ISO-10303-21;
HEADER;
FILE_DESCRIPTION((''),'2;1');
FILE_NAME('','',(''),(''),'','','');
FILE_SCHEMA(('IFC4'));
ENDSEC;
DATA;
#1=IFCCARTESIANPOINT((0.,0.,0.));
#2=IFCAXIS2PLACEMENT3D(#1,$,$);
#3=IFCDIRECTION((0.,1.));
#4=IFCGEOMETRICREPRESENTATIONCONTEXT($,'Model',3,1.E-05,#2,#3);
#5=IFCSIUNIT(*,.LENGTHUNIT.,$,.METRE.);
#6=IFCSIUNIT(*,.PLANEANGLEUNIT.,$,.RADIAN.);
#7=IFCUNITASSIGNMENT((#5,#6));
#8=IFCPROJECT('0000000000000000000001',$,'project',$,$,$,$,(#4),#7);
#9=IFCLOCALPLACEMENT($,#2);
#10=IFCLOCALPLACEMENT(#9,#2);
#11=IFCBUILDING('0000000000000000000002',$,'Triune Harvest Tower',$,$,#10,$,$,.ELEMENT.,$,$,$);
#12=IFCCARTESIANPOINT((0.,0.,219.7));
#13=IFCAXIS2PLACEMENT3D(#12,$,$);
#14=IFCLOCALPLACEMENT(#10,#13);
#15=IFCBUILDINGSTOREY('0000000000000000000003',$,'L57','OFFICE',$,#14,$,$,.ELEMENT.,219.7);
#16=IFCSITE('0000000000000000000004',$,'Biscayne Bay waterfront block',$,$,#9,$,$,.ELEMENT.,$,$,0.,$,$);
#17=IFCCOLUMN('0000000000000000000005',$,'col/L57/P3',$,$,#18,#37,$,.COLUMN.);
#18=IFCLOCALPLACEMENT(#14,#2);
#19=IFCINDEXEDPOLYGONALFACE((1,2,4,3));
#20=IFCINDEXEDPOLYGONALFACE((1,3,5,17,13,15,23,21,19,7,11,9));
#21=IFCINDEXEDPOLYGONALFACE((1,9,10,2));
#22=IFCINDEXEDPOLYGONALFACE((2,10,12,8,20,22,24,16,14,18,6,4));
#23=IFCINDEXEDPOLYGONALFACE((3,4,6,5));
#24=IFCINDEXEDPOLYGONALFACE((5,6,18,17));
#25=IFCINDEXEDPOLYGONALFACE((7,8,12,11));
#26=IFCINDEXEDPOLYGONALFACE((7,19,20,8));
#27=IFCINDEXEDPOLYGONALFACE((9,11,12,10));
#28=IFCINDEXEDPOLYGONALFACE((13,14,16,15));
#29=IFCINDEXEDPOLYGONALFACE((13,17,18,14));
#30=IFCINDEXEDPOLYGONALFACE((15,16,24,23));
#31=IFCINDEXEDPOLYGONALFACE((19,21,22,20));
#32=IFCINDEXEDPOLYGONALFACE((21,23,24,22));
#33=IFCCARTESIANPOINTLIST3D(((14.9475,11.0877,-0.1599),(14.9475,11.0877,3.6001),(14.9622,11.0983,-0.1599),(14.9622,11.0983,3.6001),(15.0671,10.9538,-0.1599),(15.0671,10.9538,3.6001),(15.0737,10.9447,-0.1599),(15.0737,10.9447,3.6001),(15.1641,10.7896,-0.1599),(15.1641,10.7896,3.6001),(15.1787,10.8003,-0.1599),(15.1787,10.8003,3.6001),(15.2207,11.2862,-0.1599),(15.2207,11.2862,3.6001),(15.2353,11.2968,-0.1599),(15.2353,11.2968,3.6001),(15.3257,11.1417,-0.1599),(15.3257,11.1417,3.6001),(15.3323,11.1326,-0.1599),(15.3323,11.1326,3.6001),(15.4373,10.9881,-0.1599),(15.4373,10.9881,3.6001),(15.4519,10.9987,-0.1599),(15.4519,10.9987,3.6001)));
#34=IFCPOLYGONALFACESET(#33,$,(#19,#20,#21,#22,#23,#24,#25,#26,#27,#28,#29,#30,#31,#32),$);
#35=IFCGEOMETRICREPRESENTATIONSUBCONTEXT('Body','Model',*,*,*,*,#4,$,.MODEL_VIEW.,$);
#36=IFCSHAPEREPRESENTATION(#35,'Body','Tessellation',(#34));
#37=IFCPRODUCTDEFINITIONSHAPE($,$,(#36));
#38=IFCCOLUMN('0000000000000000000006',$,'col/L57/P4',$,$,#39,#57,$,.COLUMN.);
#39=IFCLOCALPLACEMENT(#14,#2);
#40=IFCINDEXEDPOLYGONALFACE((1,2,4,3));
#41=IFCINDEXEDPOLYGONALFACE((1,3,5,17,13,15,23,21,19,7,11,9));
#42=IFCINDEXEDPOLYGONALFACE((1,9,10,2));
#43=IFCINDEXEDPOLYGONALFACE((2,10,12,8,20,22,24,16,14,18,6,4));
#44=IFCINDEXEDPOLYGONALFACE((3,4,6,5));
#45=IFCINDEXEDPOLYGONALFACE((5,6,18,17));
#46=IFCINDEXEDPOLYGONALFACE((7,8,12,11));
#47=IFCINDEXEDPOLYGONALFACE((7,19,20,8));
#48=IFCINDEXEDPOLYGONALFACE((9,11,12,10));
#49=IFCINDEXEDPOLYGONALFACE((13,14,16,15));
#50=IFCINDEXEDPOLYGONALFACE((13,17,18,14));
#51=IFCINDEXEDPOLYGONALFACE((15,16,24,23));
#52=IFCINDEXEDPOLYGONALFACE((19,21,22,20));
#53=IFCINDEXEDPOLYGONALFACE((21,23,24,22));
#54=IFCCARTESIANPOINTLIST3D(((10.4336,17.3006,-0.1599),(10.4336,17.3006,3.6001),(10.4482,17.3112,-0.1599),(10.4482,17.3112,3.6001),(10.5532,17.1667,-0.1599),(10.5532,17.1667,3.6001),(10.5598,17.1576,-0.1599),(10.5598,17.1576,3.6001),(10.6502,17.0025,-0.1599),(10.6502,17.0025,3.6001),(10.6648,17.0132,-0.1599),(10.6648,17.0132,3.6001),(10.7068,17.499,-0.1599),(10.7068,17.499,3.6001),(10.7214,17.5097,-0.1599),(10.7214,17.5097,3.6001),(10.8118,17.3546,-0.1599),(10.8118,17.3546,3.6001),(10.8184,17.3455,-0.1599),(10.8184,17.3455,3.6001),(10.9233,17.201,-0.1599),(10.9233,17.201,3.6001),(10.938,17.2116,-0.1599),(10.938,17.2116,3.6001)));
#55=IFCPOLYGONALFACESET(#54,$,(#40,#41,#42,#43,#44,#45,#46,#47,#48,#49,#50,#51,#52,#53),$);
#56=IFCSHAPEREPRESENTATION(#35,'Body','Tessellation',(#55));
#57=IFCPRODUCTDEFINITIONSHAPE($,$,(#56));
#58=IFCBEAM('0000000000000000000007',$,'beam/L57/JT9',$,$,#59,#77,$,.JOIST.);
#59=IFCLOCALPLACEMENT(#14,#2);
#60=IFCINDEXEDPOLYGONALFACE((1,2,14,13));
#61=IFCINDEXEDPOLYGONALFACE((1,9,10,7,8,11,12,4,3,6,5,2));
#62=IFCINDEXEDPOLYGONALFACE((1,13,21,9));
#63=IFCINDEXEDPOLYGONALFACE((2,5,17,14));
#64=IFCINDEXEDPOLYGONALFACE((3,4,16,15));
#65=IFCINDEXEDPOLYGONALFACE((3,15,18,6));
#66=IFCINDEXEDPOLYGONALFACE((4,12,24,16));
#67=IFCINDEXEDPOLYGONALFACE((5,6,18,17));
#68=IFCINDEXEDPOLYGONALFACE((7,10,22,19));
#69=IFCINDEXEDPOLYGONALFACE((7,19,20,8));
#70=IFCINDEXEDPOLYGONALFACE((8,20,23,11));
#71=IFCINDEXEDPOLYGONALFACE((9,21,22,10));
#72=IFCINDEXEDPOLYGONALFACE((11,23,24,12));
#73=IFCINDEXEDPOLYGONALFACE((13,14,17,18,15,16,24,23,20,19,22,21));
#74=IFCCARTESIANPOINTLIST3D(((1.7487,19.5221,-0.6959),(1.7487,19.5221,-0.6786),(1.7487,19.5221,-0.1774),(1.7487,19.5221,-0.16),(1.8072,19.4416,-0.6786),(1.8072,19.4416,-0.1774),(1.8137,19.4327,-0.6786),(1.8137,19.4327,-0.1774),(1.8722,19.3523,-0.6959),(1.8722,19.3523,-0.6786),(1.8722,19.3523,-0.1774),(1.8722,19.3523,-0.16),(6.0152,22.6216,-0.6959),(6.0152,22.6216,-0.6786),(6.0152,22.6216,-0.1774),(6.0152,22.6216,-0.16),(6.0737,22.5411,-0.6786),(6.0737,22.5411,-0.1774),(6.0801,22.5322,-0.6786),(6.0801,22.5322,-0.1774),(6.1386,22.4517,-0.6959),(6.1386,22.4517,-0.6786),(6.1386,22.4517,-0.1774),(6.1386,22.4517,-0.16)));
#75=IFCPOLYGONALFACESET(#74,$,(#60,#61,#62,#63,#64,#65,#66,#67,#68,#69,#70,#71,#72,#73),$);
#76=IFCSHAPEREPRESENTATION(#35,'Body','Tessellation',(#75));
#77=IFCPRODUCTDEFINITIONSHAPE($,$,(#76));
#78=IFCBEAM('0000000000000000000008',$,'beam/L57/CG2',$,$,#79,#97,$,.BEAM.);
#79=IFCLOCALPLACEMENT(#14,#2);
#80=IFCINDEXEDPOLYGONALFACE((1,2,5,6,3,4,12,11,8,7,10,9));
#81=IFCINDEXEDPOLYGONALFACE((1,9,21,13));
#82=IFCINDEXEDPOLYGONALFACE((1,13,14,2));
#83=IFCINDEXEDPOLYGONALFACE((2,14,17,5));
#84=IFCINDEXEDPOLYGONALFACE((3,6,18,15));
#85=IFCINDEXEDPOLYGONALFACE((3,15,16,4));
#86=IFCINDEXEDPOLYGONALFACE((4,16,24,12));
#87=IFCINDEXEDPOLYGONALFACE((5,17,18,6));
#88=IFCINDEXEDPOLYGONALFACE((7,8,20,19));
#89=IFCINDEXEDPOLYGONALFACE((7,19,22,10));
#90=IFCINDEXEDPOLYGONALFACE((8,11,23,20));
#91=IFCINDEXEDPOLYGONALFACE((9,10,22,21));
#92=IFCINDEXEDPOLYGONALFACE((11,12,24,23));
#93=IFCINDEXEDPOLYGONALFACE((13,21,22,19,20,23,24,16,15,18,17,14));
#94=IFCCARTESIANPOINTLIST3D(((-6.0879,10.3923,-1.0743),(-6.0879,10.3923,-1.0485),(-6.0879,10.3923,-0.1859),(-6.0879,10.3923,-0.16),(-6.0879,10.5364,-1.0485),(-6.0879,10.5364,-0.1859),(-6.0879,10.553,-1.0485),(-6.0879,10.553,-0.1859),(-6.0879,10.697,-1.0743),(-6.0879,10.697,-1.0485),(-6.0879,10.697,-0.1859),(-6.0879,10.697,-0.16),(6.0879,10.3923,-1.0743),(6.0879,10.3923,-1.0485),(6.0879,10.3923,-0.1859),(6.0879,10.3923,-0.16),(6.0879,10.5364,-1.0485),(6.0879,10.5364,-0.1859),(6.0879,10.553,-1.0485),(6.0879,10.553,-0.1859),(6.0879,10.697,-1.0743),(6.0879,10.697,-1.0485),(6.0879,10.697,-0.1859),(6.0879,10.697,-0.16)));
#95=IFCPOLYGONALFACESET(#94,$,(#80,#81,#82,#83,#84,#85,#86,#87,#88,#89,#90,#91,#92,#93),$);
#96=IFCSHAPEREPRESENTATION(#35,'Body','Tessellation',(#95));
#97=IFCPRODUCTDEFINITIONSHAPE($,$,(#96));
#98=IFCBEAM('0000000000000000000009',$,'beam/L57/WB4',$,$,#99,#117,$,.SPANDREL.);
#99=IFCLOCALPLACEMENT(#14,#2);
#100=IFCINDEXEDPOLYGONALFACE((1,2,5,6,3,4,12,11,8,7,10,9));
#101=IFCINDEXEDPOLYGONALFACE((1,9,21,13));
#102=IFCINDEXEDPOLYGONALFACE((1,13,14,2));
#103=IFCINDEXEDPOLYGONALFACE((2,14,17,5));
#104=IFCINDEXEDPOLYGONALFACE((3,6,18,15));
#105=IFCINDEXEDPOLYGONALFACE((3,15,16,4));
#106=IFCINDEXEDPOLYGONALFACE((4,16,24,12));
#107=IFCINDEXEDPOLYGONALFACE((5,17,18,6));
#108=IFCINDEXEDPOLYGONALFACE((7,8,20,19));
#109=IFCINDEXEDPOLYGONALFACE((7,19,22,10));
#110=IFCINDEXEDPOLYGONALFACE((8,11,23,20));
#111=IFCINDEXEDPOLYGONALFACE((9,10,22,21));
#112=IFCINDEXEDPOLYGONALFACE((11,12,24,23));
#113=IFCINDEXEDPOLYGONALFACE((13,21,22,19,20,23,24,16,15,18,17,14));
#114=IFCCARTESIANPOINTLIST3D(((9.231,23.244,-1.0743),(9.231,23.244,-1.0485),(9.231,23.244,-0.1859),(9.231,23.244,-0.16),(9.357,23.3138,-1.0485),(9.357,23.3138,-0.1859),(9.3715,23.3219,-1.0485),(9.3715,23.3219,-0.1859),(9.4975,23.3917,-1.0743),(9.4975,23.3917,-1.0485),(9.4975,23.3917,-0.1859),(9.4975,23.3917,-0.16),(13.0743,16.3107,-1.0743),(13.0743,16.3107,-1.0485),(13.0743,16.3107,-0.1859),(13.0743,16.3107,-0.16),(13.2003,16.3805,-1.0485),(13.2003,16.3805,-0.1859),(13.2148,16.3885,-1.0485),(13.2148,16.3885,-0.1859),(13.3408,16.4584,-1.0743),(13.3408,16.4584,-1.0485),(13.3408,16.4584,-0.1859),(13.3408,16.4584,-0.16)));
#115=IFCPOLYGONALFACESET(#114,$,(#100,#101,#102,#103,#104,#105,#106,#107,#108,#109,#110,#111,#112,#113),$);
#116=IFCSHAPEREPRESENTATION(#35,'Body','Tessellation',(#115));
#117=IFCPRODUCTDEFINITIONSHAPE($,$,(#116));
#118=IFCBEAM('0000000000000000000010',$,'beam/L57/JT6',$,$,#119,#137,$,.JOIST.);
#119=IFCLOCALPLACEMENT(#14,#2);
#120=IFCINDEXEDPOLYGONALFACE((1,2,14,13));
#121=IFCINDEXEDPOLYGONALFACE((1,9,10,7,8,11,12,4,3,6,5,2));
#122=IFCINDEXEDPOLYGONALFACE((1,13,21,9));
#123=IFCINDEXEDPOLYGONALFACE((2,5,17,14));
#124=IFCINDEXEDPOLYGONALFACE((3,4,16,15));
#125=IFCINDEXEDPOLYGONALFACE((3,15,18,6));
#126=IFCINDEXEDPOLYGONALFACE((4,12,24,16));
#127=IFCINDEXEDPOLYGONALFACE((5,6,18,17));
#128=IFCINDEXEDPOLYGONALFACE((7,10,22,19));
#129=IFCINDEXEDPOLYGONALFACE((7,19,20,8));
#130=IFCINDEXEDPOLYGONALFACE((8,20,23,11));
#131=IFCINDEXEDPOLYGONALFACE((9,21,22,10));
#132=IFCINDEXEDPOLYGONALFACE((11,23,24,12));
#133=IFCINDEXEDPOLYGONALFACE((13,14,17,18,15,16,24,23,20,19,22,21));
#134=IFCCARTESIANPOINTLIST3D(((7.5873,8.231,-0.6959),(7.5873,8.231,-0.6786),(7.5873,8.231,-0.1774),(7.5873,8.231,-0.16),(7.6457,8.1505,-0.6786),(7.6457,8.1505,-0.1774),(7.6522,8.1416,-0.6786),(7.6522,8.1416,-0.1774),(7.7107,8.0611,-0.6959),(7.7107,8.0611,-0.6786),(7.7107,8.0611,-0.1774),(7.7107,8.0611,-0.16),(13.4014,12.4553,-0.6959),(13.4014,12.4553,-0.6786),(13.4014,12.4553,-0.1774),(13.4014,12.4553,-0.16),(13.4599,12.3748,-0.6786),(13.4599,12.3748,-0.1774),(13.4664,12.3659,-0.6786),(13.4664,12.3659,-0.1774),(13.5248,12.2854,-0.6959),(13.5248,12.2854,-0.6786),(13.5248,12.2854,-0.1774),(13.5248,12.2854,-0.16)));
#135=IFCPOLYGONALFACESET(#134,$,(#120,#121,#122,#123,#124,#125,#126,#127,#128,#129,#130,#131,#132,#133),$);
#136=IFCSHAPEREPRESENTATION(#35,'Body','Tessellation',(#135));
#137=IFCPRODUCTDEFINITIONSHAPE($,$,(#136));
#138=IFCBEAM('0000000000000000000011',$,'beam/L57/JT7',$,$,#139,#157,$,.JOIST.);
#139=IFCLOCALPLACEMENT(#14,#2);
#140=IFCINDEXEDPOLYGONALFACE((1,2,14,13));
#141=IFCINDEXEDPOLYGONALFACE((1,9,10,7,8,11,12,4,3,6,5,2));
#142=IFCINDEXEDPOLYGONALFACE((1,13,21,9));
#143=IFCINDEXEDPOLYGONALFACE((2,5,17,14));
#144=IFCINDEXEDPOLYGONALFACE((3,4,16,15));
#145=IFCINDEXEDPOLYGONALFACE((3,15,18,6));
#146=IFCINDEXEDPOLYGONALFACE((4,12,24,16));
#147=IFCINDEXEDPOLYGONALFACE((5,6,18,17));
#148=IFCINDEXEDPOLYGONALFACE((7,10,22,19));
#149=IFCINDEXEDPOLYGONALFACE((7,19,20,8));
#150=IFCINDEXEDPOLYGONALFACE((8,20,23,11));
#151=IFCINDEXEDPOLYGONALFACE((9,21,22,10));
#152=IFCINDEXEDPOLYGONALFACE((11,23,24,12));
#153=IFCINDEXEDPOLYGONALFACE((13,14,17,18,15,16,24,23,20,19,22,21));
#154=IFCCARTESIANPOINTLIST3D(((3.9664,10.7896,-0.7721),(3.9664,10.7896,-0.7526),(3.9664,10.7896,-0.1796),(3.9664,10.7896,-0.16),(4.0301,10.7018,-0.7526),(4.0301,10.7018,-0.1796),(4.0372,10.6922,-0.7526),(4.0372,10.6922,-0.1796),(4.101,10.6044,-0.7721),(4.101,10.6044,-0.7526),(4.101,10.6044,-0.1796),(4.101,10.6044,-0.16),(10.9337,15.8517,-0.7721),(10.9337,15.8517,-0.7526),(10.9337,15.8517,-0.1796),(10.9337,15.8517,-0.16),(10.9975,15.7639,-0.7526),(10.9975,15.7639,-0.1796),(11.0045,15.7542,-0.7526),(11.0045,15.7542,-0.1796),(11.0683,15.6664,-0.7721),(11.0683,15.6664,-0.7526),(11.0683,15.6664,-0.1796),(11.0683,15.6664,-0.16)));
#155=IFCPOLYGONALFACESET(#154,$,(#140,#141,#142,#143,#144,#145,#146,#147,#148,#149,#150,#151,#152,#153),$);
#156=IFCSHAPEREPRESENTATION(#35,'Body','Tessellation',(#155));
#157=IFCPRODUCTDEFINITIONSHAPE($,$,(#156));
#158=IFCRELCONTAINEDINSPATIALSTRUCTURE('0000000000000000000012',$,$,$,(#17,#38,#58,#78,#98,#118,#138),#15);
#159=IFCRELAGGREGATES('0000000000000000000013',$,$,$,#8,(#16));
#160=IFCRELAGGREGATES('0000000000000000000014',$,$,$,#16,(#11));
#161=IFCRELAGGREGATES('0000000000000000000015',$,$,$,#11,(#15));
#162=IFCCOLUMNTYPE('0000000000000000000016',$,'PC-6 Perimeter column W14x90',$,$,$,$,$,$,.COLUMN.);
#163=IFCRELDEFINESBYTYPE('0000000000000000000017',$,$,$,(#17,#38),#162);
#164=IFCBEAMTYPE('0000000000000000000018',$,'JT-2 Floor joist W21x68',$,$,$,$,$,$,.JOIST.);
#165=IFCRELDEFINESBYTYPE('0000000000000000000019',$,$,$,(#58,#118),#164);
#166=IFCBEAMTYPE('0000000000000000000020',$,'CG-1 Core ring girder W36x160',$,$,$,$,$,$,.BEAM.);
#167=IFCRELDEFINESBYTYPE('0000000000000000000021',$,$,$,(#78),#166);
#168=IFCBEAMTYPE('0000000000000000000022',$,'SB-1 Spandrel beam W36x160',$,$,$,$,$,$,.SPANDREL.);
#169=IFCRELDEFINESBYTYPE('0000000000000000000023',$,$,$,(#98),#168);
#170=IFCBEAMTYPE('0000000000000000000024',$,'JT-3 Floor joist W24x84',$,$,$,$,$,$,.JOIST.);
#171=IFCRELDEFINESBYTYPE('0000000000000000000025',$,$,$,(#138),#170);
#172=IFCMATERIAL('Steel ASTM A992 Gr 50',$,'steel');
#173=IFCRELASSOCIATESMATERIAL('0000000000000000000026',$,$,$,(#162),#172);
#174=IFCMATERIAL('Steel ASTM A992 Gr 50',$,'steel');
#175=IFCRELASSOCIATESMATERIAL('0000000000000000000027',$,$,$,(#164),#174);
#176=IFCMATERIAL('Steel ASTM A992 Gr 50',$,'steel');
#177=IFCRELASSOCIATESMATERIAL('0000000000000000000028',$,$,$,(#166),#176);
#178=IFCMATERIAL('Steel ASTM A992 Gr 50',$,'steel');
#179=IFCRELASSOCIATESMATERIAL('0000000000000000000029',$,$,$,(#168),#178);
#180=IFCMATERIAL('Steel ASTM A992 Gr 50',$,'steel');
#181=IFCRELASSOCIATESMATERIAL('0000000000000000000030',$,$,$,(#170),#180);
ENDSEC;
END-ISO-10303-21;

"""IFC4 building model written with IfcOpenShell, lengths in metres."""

from ifc_helpers import new_model, si_unit, direction, frame, origin, origin_2d, place, context, subcontext, project, spatial, i_section, extrude, source, transform, mapped, material, material_profile, profile_set, type_object, element, save


model = new_model("IFC4")

# Units and contexts
model_context = context("Model", 3, precision=1e-05, world=origin(), true_north=direction((0.0, 1.0)))
body_context = subcontext(model_context, "Body", "Model", "MODEL_VIEW")
ifc_project = project(units=[si_unit("LENGTHUNIT", "METRE"), si_unit("PLANEANGLEUNIT", "RADIAN")], contexts=[model_context])

# Site, building, storey
site_placement = place(None, origin())
site = spatial("IfcSite", under=ifc_project, at=site_placement, Name="Biscayne Bay waterfront block", CompositionType="ELEMENT", RefElevation=0.0)
building_placement = place(site_placement, origin())
building = spatial("IfcBuilding", under=site, at=building_placement, Name="Triune Harvest Tower", CompositionType="ELEMENT")
storey_placement = place(building_placement, frame((0.0, 0.0, 219.7)))
storey = spatial("IfcBuildingStorey", under=building, at=storey_placement, Name="L57", Description="OFFICE", CompositionType="ELEMENT", Elevation=219.7)

# Columns
ifc_material_1 = material(Name="Steel ASTM A992 Gr 50", Category="steel")
ifc_material_profile_1 = material_profile(ifc_material_1, i_section(OverallWidth=0.3684, OverallDepth=0.3557, WebThickness=0.0112, FlangeThickness=0.0181, at=origin_2d()), Name="W14x90")
ifc_profile_set_1 = profile_set([ifc_material_profile_1], Name="Steel ASTM A992 Gr 50")
column_type = type_object("IfcColumnType", Name="PC-6 Perimeter column W14x90", PredefinedType="COLUMN", material=ifc_profile_set_1)
shared_shape_1 = source(origin(), body_context, "Body", "SweptSolid", [
    extrude(i_section(OverallWidth=0.3684, OverallDepth=0.3557, WebThickness=0.0112, FlangeThickness=0.0181, at=origin_2d()), origin(), (0.0, 0.0, 1.0), 3.76),
])
for number, where, z_axis, x_axis, name in (
    (1, (15.1997, 11.0432, -0.1599), (0.0, 0.0, 1.0), (-0.587785, 0.809017, 0.0), "col/L57/P3"),
    (2, (10.6858, 17.2561, -0.1599), (0.0, 0.0, 1.0), (-0.587785, 0.809017, 0.0), "col/L57/P4"),
):
    element("IfcColumn", number, at=place(storey_placement, frame(where, z_axis=z_axis, x_axis=x_axis)), inside=storey, type_object=column_type, Name=name, PredefinedType="COLUMN", context=body_context, shape_type="MappedRepresentation", body=[
        mapped(shared_shape_1, transform((0.0, 0.0, 0.0), scale=1.0)),
    ])

# Beams
ifc_material_2 = material(Name="Steel ASTM A992 Gr 50", Category="steel")
ifc_material_profile_2 = material_profile(ifc_material_2, i_section(OverallWidth=0.21, OverallDepth=0.5359, WebThickness=0.011, FlangeThickness=0.0173, at=origin_2d()), Name="W21x68")
ifc_profile_set_2 = profile_set([ifc_material_profile_2], Name="Steel ASTM A992 Gr 50")
beam_type_1 = type_object("IfcBeamType", Name="JT-2 Floor joist W21x68", PredefinedType="JOIST", material=ifc_profile_set_2)
beam_1_placement = place(storey_placement, frame((6.0769, 22.5366, -0.428), z_axis=(-0.809046, -0.587745, 0.0), x_axis=(0.587745, -0.809046, 0.0)))
element("IfcBeam", 3, at=beam_1_placement, inside=storey, type_object=beam_type_1, Name="beam/L57/JT9", PredefinedType="JOIST", context=body_context, shape_type="SweptSolid", body=[
    extrude(i_section(OverallWidth=0.21, OverallDepth=0.5359, WebThickness=0.011, FlangeThickness=0.0173, at=origin_2d()), origin(), (0.0, 0.0, 1.0), 5.2734),
])
ifc_material_3 = material(Name="Steel ASTM A992 Gr 50", Category="steel")
ifc_material_profile_3 = material_profile(ifc_material_3, i_section(OverallWidth=0.3047, OverallDepth=0.9143, WebThickness=0.0166, FlangeThickness=0.0259, at=origin_2d()), Name="W36x160")
ifc_profile_set_3 = profile_set([ifc_material_profile_3], Name="Steel ASTM A992 Gr 50")
beam_type_2 = type_object("IfcBeamType", Name="CG-1 Core ring girder W36x160", PredefinedType="BEAM", material=ifc_profile_set_3)
shared_shape_2 = source(origin(), body_context, "Body", "SweptSolid", [
    extrude(i_section(OverallWidth=0.3047, OverallDepth=0.9143, WebThickness=0.0166, FlangeThickness=0.0259, at=origin_2d()), origin(), (0.0, 0.0, 1.0), 12.1758),
])
beam_2_placement = place(storey_placement, frame((6.0879, 10.5447, -0.6172), z_axis=(-1.0, 0.0, 0.0), x_axis=(0.0, -1.0, 0.0)))
element("IfcBeam", 4, at=beam_2_placement, inside=storey, type_object=beam_type_2, Name="beam/L57/CG2", PredefinedType="BEAM", context=body_context, shape_type="MappedRepresentation", body=[
    mapped(shared_shape_2, transform((0.0, 0.0, 0.0), scale=1.0)),
])
ifc_material_4 = material(Name="Steel ASTM A992 Gr 50", Category="steel")
ifc_material_profile_4 = material_profile(ifc_material_4, i_section(OverallWidth=0.3047, OverallDepth=0.9143, WebThickness=0.0166, FlangeThickness=0.0259, at=origin_2d()), Name="W36x160")
ifc_profile_set_4 = profile_set([ifc_material_profile_4], Name="Steel ASTM A992 Gr 50")
beam_type_3 = type_object("IfcBeamType", Name="SB-1 Spandrel beam W36x160", PredefinedType="SPANDREL", material=ifc_profile_set_4)
shared_shape_3 = source(origin(), body_context, "Body", "SweptSolid", [
    extrude(i_section(OverallWidth=0.3047, OverallDepth=0.9143, WebThickness=0.0166, FlangeThickness=0.0259, at=origin_2d()), origin(), (0.0, 0.0, 1.0), 7.9272),
])
beam_3_placement = place(storey_placement, frame((13.2075, 16.3845, -0.6172), z_axis=(-0.484814, 0.874617, 0.0), x_axis=(-0.874617, -0.484814, 0.0)))
element("IfcBeam", 5, at=beam_3_placement, inside=storey, type_object=beam_type_3, Name="beam/L57/WB4", PredefinedType="SPANDREL", context=body_context, shape_type="MappedRepresentation", body=[
    mapped(shared_shape_3, transform((0.0, 0.0, 0.0), scale=1.0)),
])
shared_shape_4 = source(origin(), body_context, "Body", "SweptSolid", [
    extrude(i_section(OverallWidth=0.21, OverallDepth=0.5359, WebThickness=0.011, FlangeThickness=0.0173, at=origin_2d()), origin(), (0.0, 0.0, 1.0), 7.1868),
])
beam_4_placement = place(storey_placement, frame((13.4631, 12.3704, -0.428), z_axis=(-0.809011, -0.587794, 0.0), x_axis=(0.587794, -0.809011, 0.0)))
element("IfcBeam", 6, at=beam_4_placement, inside=storey, type_object=beam_type_1, Name="beam/L57/JT6", PredefinedType="JOIST", context=body_context, shape_type="MappedRepresentation", body=[
    mapped(shared_shape_4, transform((0.0, 0.0, 0.0), scale=1.0)),
])
ifc_material_5 = material(Name="Steel ASTM A992 Gr 50", Category="steel")
ifc_material_profile_5 = material_profile(ifc_material_5, i_section(OverallWidth=0.229, OverallDepth=0.6121, WebThickness=0.012, FlangeThickness=0.0195, at=origin_2d()), Name="W24x84")
ifc_profile_set_5 = profile_set([ifc_material_profile_5], Name="Steel ASTM A992 Gr 50")
beam_type_4 = type_object("IfcBeamType", Name="JT-3 Floor joist W24x84", PredefinedType="JOIST", material=ifc_profile_set_5)
shared_shape_5 = source(origin(), body_context, "Body", "SweptSolid", [
    extrude(i_section(OverallWidth=0.229, OverallDepth=0.6121, WebThickness=0.012, FlangeThickness=0.0195, at=origin_2d()), origin(), (0.0, 0.0, 1.0), 8.6121),
])
beam_5_placement = place(storey_placement, frame((11.001, 15.759, -0.4661), z_axis=(-0.809018, -0.587784, 0.0), x_axis=(0.587784, -0.809018, 0.0)))
element("IfcBeam", 7, at=beam_5_placement, inside=storey, type_object=beam_type_4, Name="beam/L57/JT7", PredefinedType="JOIST", context=body_context, shape_type="MappedRepresentation", body=[
    mapped(shared_shape_5, transform((0.0, 0.0, 0.0), scale=1.0)),
])

save(model, "model.ifc")
